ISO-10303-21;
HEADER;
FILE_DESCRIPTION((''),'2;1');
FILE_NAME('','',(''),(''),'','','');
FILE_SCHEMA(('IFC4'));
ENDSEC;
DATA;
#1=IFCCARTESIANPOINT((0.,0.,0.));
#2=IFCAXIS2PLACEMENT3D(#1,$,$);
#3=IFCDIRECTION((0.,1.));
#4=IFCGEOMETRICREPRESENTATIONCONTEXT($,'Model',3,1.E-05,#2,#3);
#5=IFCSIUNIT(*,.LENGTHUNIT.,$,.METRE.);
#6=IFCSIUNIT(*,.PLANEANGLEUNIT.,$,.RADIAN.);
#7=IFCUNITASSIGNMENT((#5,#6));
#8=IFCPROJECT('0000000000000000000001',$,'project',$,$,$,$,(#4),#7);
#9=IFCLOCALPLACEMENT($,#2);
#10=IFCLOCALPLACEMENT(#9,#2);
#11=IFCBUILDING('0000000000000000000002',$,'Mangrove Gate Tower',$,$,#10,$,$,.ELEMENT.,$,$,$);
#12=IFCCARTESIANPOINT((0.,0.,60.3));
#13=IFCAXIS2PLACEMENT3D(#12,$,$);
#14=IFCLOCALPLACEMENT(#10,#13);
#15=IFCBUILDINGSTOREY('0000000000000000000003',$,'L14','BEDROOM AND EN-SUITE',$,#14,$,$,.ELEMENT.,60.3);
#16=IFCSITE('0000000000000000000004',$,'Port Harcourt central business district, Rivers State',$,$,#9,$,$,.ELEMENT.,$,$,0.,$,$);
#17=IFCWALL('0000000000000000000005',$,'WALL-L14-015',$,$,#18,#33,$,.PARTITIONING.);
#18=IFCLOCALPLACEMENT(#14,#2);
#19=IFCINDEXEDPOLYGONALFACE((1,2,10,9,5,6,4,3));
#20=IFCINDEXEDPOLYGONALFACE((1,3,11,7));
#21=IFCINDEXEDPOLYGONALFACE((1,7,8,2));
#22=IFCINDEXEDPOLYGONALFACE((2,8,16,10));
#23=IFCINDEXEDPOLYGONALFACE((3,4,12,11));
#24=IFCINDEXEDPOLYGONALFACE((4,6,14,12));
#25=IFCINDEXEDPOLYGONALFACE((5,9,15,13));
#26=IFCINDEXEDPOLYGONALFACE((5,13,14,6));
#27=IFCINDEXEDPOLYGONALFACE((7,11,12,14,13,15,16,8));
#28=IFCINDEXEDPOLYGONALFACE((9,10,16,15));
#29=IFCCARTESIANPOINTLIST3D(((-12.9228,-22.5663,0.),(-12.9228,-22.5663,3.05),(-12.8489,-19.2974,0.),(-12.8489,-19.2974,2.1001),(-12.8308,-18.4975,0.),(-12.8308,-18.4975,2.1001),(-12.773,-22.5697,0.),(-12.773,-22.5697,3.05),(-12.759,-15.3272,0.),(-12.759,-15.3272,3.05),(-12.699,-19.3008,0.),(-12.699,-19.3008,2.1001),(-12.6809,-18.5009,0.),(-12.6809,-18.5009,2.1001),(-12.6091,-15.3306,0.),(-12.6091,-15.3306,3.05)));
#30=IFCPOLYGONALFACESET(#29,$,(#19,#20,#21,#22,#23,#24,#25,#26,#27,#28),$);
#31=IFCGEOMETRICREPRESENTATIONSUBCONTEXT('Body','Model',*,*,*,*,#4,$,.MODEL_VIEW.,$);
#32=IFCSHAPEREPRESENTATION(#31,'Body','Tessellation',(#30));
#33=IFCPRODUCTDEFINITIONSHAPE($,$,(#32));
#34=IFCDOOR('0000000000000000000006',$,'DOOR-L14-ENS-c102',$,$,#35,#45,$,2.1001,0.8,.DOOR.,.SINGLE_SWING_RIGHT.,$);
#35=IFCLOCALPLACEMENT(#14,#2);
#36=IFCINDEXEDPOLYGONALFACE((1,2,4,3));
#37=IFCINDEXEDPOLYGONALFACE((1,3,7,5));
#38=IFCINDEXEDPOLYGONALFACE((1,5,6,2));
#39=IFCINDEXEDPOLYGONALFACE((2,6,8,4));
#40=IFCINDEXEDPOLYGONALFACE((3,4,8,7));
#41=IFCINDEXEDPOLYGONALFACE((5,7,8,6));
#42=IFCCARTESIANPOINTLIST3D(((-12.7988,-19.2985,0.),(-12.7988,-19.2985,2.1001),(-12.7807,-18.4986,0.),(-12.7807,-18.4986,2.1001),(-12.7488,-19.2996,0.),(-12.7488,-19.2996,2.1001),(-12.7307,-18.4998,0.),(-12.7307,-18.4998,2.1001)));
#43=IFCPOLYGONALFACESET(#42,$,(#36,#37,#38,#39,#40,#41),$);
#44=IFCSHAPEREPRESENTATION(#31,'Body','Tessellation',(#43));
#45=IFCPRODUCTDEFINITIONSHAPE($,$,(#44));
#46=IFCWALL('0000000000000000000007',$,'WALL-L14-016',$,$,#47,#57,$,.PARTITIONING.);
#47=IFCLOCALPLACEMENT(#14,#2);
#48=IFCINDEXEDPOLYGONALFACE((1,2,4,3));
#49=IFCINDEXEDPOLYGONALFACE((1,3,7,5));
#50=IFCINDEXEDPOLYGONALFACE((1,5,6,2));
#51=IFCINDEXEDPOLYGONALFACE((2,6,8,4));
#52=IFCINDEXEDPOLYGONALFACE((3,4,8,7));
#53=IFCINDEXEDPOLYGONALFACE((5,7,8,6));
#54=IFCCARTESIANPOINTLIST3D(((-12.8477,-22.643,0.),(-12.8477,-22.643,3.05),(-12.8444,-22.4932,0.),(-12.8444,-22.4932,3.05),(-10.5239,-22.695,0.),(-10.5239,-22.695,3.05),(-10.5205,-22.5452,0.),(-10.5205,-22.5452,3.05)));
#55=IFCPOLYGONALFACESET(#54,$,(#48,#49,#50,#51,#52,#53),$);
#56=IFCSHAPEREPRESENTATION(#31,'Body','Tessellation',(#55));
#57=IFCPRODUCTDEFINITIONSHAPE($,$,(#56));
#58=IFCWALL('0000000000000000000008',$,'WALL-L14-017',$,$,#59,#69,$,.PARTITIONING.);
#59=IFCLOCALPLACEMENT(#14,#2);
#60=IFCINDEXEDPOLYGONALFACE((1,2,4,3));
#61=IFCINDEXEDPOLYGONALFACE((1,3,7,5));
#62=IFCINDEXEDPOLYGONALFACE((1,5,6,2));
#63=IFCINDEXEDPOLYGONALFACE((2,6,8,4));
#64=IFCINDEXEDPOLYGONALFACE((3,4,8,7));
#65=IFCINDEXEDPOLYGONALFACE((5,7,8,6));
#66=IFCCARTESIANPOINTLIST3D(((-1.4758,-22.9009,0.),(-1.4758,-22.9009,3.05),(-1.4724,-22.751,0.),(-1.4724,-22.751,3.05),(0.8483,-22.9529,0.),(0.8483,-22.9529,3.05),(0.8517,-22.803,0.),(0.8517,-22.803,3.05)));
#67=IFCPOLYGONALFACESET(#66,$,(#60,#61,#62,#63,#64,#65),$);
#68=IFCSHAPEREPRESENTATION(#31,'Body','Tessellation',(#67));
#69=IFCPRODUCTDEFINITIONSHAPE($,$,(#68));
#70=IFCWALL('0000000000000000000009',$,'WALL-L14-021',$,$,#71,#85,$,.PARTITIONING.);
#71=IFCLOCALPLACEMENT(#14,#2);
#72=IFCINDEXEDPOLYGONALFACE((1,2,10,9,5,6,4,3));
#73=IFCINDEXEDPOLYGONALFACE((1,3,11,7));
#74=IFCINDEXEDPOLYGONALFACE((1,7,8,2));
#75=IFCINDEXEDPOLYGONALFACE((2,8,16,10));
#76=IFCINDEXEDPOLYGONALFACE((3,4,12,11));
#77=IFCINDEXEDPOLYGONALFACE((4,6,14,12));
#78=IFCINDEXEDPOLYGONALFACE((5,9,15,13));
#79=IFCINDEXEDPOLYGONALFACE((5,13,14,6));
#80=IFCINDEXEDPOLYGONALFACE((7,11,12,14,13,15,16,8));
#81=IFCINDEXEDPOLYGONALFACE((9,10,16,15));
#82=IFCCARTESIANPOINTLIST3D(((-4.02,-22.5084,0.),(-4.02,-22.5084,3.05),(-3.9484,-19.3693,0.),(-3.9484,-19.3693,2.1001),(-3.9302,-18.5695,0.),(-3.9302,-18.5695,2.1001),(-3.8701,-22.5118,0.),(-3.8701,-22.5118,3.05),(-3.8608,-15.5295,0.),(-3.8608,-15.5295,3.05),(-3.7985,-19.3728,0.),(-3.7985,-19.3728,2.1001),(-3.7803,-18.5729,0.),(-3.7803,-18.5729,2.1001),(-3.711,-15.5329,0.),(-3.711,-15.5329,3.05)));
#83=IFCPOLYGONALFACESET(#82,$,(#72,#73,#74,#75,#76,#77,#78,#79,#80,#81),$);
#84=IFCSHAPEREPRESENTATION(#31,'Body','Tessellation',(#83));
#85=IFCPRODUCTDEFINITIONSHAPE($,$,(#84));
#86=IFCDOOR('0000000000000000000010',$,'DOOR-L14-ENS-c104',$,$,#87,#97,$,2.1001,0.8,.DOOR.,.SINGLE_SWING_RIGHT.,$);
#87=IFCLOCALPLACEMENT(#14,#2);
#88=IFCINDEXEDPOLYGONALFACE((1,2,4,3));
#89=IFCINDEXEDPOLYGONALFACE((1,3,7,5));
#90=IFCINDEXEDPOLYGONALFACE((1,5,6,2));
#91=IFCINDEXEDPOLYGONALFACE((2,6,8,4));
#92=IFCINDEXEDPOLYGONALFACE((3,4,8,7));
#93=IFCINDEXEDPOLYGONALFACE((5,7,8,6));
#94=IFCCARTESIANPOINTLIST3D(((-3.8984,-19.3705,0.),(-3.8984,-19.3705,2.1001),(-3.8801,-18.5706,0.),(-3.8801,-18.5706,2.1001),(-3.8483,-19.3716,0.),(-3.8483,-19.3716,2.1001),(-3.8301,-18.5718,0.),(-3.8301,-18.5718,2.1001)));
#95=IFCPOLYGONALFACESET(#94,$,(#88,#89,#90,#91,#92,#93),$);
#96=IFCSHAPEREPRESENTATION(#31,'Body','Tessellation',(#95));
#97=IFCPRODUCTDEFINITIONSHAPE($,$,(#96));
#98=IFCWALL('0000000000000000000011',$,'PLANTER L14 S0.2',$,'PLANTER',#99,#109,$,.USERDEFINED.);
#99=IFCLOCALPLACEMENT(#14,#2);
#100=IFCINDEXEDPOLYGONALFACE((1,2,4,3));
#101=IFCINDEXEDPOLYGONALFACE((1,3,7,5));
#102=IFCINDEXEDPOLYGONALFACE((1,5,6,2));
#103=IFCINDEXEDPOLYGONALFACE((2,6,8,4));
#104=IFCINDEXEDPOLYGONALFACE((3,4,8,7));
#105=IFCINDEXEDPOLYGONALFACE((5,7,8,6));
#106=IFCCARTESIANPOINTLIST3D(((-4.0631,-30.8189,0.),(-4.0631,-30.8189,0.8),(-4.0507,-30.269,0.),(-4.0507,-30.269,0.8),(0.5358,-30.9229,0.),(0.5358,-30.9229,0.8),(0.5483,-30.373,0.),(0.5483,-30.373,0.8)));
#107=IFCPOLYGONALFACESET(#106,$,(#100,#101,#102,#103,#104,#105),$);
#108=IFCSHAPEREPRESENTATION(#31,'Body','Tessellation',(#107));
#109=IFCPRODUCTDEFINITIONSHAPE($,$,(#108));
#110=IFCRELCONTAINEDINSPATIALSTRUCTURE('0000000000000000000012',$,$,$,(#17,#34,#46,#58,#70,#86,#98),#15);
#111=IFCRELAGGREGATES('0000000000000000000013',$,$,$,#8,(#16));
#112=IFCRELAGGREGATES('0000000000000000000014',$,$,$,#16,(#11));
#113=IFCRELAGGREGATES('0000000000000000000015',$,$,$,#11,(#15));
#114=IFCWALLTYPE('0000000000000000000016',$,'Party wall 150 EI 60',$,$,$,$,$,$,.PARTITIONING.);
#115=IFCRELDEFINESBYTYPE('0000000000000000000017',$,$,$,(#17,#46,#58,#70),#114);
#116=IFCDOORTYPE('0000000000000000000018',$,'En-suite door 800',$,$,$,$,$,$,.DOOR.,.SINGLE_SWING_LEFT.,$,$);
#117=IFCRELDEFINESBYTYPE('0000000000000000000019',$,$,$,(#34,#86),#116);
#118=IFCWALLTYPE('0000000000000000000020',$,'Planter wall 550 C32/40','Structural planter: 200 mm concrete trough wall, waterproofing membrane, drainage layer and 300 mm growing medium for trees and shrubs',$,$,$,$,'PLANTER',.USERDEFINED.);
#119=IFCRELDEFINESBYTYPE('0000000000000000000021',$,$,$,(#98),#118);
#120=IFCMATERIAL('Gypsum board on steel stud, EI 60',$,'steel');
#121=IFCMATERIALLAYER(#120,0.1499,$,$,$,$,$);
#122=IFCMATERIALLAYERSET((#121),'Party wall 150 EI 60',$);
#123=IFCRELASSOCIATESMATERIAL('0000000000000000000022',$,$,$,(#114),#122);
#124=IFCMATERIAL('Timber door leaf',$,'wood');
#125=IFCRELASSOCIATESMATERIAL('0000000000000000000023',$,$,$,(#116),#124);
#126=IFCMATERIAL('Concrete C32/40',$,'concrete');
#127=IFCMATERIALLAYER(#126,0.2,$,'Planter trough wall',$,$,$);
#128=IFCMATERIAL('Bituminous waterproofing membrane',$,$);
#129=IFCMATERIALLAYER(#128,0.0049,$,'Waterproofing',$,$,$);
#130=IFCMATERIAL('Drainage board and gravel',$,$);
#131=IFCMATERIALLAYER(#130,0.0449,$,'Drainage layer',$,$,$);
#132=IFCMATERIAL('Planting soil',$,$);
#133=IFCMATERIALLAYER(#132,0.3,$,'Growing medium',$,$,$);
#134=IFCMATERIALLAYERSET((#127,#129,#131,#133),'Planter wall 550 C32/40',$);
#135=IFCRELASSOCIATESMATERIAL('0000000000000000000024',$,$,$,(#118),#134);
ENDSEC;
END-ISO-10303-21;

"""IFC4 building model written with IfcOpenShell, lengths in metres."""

from ifc_helpers import new_model, si_unit, direction, frame, frame_2d, origin, place, context, subcontext, project, spatial, rectangle, extrude, material, layer, layer_set, type_object, element, fill, save


model = new_model("IFC4")

# Units and contexts
model_context = context("Model", 3, precision=1e-05, world=origin(), true_north=direction((0.0, 1.0)))
body_context = subcontext(model_context, "Body", "Model", "MODEL_VIEW")
ifc_project = project(units=[si_unit("LENGTHUNIT", "METRE"), si_unit("PLANEANGLEUNIT", "RADIAN")], contexts=[model_context])

# Site, building, storey
site_placement = place(None, origin())
site = spatial("IfcSite", under=ifc_project, at=site_placement, Name="Port Harcourt central business district, Rivers State", CompositionType="ELEMENT", RefElevation=0.0)
building_placement = place(site_placement, origin())
building = spatial("IfcBuilding", under=site, at=building_placement, Name="Mangrove Gate Tower", CompositionType="ELEMENT")
storey_placement = place(building_placement, frame((0.0, 0.0, 60.3)))
storey = spatial("IfcBuildingStorey", under=building, at=storey_placement, Name="L14", Description="BEDROOM AND EN-SUITE", CompositionType="ELEMENT", Elevation=60.3)

# Shared definitions
ifc_material_1 = material(Name="Gypsum board on steel stud, EI 60", Category="steel")
ifc_layer_1 = layer(ifc_material_1, 0.1499)
ifc_layer_set_1 = layer_set([ifc_layer_1], Name="Party wall 150 EI 60")
wall_type_1 = type_object("IfcWallType", Name="Party wall 150 EI 60", PredefinedType="PARTITIONING", material=ifc_layer_set_1)

# Wall, opening, door
ifc_material_2 = material(Name="Timber door leaf", Category="wood")
door_type = type_object("IfcDoorType", Name="En-suite door 800", OperationType="SINGLE_SWING_LEFT", PredefinedType="DOOR", material=ifc_material_2)
wall_1_placement = place(storey_placement, frame((-12.8479, -22.5681, 0.0), z_axis=(0.0, 0.0, 1.0), x_axis=(0.022624, 0.999744, 0.0)))
wall_1 = element("IfcWall", 1, at=wall_1_placement, inside=storey, type_object=wall_type_1, Name="WALL-L14-015", PredefinedType="PARTITIONING", context=body_context, shape_type="SweptSolid", body=[
    extrude(rectangle(XDim=7.241, YDim=0.1499, at=frame_2d((3.6206, 0.0))), origin(), (0.0, 0.0, 1.0), 3.05),
])
opening_1_placement = place(wall_1_placement, frame((3.27, 0.0, 0.0)))
opening_1 = element("IfcOpeningElement", 2, at=opening_1_placement, cuts=wall_1, PredefinedType="OPENING", context=body_context, shape_type="SweptSolid", body=[
    extrude(rectangle(XDim=0.8, YDim=2.1001, at=frame_2d((0.3999, 1.05))), frame((0.0, 0.085, 0.0), z_axis=(0.0, -1.0, 0.0), x_axis=(1.0, 0.0, 0.0)), (0.0, 0.0, 1.0), 0.1699),
])
door_1_placement = place(opening_1_placement, origin())
door_1 = element("IfcDoor", 3, at=door_1_placement, inside=storey, type_object=door_type, Name="DOOR-L14-ENS-c102", OperationType="SINGLE_SWING_RIGHT", OverallHeight=2.1001, OverallWidth=0.8, PredefinedType="DOOR", context=body_context, shape_type="SweptSolid", body=[
    extrude(rectangle(XDim=0.8, YDim=2.1001, at=frame_2d((0.3999, 1.05))), frame((0.0, 0.0249, 0.0), z_axis=(0.0, -1.0, 0.0), x_axis=(1.0, 0.0, 0.0)), (0.0, 0.0, 1.0), 0.05),
])
fill(opening_1, door_1)

# Walls
wall_2_placement = place(storey_placement, frame((-12.8459, -22.5681, 0.0), z_axis=(0.0, 0.0, 1.0), x_axis=(0.99975, -0.022371, 0.0)))
element("IfcWall", 4, at=wall_2_placement, inside=storey, type_object=wall_type_1, Name="WALL-L14-016", PredefinedType="PARTITIONING", context=body_context, shape_type="SweptSolid", body=[
    extrude(rectangle(XDim=2.3245, YDim=0.1499, at=frame_2d((1.1621, 0.0))), origin(), (0.0, 0.0, 1.0), 3.05),
])
wall_3_placement = place(storey_placement, frame((-1.4741, -22.8259, 0.0), z_axis=(0.0, 0.0, 1.0), x_axis=(0.99975, -0.022368, 0.0)))
element("IfcWall", 5, at=wall_3_placement, inside=storey, type_object=wall_type_1, Name="WALL-L14-017", PredefinedType="PARTITIONING", context=body_context, shape_type="SweptSolid", body=[
    extrude(rectangle(XDim=2.3247, YDim=0.1499, at=frame_2d((1.1624, 0.0))), origin(), (0.0, 0.0, 1.0), 3.05),
])

# Wall, opening, door
wall_4_placement = place(storey_placement, frame((-3.9451, -22.51, 0.0), z_axis=(0.0, 0.0, 1.0), x_axis=(0.022802, 0.99974, 0.0)))
wall_4 = element("IfcWall", 6, at=wall_4_placement, inside=storey, type_object=wall_type_1, Name="WALL-L14-021", PredefinedType="PARTITIONING", context=body_context, shape_type="SweptSolid", body=[
    extrude(rectangle(XDim=6.9807, YDim=0.1499, at=frame_2d((3.4902, 0.0))), origin(), (0.0, 0.0, 1.0), 3.05),
])
opening_2_placement = place(wall_4_placement, frame((3.1399, 0.0, 0.0)))
opening_2 = element("IfcOpeningElement", 7, at=opening_2_placement, cuts=wall_4, PredefinedType="OPENING", context=body_context, shape_type="SweptSolid", body=[
    extrude(rectangle(XDim=0.8, YDim=2.1001, at=frame_2d((0.3999, 1.05))), frame((0.0, 0.085, 0.0), z_axis=(0.0, -1.0, 0.0), x_axis=(1.0, 0.0, 0.0)), (0.0, 0.0, 1.0), 0.1699),
])
door_2_placement = place(opening_2_placement, origin())
door_2 = element("IfcDoor", 8, at=door_2_placement, inside=storey, type_object=door_type, Name="DOOR-L14-ENS-c104", OperationType="SINGLE_SWING_RIGHT", OverallHeight=2.1001, OverallWidth=0.8, PredefinedType="DOOR", context=body_context, shape_type="SweptSolid", body=[
    extrude(rectangle(XDim=0.8, YDim=2.1001, at=frame_2d((0.3999, 1.05))), frame((0.0, 0.0249, 0.0), z_axis=(0.0, -1.0, 0.0), x_axis=(1.0, 0.0, 0.0)), (0.0, 0.0, 1.0), 0.05),
])
fill(opening_2, door_2)

# Wall
ifc_material_3 = material(Name="Concrete C32/40", Category="concrete")
ifc_layer_2 = layer(ifc_material_3, 0.2, Name="Planter trough wall")
ifc_material_4 = material(Name="Bituminous waterproofing membrane")
ifc_layer_3 = layer(ifc_material_4, 0.0049, Name="Waterproofing")
ifc_material_5 = material(Name="Drainage board and gravel")
ifc_layer_4 = layer(ifc_material_5, 0.0449, Name="Drainage layer")
ifc_material_6 = material(Name="Planting soil")
ifc_layer_5 = layer(ifc_material_6, 0.3, Name="Growing medium")
ifc_layer_set_2 = layer_set([ifc_layer_2, ifc_layer_3, ifc_layer_4, ifc_layer_5], Name="Planter wall 550 C32/40")
wall_type_2 = type_object("IfcWallType", Name="Planter wall 550 C32/40", Description="Structural planter: 200 mm concrete trough wall, waterproofing membrane, drainage layer and 300 mm growing medium for trees and shrubs", ElementType="PLANTER", PredefinedType="USERDEFINED", material=ifc_layer_set_2)
wall_5_placement = place(storey_placement, frame((-4.0569, -30.5439, 0.0), z_axis=(0.0, 0.0, 1.0), x_axis=(0.999744, -0.022609, 0.0)))
element("IfcWall", 9, at=wall_5_placement, inside=storey, type_object=wall_type_2, Name="PLANTER L14 S0.2", ObjectType="PLANTER", PredefinedType="USERDEFINED", context=body_context, shape_type="SweptSolid", body=[
    extrude(rectangle(XDim=4.6001, YDim=0.55, at=frame_2d((2.3, 0.0))), origin(), (0.0, 0.0, 1.0), 0.8),
])

save(model, "model.ifc")
